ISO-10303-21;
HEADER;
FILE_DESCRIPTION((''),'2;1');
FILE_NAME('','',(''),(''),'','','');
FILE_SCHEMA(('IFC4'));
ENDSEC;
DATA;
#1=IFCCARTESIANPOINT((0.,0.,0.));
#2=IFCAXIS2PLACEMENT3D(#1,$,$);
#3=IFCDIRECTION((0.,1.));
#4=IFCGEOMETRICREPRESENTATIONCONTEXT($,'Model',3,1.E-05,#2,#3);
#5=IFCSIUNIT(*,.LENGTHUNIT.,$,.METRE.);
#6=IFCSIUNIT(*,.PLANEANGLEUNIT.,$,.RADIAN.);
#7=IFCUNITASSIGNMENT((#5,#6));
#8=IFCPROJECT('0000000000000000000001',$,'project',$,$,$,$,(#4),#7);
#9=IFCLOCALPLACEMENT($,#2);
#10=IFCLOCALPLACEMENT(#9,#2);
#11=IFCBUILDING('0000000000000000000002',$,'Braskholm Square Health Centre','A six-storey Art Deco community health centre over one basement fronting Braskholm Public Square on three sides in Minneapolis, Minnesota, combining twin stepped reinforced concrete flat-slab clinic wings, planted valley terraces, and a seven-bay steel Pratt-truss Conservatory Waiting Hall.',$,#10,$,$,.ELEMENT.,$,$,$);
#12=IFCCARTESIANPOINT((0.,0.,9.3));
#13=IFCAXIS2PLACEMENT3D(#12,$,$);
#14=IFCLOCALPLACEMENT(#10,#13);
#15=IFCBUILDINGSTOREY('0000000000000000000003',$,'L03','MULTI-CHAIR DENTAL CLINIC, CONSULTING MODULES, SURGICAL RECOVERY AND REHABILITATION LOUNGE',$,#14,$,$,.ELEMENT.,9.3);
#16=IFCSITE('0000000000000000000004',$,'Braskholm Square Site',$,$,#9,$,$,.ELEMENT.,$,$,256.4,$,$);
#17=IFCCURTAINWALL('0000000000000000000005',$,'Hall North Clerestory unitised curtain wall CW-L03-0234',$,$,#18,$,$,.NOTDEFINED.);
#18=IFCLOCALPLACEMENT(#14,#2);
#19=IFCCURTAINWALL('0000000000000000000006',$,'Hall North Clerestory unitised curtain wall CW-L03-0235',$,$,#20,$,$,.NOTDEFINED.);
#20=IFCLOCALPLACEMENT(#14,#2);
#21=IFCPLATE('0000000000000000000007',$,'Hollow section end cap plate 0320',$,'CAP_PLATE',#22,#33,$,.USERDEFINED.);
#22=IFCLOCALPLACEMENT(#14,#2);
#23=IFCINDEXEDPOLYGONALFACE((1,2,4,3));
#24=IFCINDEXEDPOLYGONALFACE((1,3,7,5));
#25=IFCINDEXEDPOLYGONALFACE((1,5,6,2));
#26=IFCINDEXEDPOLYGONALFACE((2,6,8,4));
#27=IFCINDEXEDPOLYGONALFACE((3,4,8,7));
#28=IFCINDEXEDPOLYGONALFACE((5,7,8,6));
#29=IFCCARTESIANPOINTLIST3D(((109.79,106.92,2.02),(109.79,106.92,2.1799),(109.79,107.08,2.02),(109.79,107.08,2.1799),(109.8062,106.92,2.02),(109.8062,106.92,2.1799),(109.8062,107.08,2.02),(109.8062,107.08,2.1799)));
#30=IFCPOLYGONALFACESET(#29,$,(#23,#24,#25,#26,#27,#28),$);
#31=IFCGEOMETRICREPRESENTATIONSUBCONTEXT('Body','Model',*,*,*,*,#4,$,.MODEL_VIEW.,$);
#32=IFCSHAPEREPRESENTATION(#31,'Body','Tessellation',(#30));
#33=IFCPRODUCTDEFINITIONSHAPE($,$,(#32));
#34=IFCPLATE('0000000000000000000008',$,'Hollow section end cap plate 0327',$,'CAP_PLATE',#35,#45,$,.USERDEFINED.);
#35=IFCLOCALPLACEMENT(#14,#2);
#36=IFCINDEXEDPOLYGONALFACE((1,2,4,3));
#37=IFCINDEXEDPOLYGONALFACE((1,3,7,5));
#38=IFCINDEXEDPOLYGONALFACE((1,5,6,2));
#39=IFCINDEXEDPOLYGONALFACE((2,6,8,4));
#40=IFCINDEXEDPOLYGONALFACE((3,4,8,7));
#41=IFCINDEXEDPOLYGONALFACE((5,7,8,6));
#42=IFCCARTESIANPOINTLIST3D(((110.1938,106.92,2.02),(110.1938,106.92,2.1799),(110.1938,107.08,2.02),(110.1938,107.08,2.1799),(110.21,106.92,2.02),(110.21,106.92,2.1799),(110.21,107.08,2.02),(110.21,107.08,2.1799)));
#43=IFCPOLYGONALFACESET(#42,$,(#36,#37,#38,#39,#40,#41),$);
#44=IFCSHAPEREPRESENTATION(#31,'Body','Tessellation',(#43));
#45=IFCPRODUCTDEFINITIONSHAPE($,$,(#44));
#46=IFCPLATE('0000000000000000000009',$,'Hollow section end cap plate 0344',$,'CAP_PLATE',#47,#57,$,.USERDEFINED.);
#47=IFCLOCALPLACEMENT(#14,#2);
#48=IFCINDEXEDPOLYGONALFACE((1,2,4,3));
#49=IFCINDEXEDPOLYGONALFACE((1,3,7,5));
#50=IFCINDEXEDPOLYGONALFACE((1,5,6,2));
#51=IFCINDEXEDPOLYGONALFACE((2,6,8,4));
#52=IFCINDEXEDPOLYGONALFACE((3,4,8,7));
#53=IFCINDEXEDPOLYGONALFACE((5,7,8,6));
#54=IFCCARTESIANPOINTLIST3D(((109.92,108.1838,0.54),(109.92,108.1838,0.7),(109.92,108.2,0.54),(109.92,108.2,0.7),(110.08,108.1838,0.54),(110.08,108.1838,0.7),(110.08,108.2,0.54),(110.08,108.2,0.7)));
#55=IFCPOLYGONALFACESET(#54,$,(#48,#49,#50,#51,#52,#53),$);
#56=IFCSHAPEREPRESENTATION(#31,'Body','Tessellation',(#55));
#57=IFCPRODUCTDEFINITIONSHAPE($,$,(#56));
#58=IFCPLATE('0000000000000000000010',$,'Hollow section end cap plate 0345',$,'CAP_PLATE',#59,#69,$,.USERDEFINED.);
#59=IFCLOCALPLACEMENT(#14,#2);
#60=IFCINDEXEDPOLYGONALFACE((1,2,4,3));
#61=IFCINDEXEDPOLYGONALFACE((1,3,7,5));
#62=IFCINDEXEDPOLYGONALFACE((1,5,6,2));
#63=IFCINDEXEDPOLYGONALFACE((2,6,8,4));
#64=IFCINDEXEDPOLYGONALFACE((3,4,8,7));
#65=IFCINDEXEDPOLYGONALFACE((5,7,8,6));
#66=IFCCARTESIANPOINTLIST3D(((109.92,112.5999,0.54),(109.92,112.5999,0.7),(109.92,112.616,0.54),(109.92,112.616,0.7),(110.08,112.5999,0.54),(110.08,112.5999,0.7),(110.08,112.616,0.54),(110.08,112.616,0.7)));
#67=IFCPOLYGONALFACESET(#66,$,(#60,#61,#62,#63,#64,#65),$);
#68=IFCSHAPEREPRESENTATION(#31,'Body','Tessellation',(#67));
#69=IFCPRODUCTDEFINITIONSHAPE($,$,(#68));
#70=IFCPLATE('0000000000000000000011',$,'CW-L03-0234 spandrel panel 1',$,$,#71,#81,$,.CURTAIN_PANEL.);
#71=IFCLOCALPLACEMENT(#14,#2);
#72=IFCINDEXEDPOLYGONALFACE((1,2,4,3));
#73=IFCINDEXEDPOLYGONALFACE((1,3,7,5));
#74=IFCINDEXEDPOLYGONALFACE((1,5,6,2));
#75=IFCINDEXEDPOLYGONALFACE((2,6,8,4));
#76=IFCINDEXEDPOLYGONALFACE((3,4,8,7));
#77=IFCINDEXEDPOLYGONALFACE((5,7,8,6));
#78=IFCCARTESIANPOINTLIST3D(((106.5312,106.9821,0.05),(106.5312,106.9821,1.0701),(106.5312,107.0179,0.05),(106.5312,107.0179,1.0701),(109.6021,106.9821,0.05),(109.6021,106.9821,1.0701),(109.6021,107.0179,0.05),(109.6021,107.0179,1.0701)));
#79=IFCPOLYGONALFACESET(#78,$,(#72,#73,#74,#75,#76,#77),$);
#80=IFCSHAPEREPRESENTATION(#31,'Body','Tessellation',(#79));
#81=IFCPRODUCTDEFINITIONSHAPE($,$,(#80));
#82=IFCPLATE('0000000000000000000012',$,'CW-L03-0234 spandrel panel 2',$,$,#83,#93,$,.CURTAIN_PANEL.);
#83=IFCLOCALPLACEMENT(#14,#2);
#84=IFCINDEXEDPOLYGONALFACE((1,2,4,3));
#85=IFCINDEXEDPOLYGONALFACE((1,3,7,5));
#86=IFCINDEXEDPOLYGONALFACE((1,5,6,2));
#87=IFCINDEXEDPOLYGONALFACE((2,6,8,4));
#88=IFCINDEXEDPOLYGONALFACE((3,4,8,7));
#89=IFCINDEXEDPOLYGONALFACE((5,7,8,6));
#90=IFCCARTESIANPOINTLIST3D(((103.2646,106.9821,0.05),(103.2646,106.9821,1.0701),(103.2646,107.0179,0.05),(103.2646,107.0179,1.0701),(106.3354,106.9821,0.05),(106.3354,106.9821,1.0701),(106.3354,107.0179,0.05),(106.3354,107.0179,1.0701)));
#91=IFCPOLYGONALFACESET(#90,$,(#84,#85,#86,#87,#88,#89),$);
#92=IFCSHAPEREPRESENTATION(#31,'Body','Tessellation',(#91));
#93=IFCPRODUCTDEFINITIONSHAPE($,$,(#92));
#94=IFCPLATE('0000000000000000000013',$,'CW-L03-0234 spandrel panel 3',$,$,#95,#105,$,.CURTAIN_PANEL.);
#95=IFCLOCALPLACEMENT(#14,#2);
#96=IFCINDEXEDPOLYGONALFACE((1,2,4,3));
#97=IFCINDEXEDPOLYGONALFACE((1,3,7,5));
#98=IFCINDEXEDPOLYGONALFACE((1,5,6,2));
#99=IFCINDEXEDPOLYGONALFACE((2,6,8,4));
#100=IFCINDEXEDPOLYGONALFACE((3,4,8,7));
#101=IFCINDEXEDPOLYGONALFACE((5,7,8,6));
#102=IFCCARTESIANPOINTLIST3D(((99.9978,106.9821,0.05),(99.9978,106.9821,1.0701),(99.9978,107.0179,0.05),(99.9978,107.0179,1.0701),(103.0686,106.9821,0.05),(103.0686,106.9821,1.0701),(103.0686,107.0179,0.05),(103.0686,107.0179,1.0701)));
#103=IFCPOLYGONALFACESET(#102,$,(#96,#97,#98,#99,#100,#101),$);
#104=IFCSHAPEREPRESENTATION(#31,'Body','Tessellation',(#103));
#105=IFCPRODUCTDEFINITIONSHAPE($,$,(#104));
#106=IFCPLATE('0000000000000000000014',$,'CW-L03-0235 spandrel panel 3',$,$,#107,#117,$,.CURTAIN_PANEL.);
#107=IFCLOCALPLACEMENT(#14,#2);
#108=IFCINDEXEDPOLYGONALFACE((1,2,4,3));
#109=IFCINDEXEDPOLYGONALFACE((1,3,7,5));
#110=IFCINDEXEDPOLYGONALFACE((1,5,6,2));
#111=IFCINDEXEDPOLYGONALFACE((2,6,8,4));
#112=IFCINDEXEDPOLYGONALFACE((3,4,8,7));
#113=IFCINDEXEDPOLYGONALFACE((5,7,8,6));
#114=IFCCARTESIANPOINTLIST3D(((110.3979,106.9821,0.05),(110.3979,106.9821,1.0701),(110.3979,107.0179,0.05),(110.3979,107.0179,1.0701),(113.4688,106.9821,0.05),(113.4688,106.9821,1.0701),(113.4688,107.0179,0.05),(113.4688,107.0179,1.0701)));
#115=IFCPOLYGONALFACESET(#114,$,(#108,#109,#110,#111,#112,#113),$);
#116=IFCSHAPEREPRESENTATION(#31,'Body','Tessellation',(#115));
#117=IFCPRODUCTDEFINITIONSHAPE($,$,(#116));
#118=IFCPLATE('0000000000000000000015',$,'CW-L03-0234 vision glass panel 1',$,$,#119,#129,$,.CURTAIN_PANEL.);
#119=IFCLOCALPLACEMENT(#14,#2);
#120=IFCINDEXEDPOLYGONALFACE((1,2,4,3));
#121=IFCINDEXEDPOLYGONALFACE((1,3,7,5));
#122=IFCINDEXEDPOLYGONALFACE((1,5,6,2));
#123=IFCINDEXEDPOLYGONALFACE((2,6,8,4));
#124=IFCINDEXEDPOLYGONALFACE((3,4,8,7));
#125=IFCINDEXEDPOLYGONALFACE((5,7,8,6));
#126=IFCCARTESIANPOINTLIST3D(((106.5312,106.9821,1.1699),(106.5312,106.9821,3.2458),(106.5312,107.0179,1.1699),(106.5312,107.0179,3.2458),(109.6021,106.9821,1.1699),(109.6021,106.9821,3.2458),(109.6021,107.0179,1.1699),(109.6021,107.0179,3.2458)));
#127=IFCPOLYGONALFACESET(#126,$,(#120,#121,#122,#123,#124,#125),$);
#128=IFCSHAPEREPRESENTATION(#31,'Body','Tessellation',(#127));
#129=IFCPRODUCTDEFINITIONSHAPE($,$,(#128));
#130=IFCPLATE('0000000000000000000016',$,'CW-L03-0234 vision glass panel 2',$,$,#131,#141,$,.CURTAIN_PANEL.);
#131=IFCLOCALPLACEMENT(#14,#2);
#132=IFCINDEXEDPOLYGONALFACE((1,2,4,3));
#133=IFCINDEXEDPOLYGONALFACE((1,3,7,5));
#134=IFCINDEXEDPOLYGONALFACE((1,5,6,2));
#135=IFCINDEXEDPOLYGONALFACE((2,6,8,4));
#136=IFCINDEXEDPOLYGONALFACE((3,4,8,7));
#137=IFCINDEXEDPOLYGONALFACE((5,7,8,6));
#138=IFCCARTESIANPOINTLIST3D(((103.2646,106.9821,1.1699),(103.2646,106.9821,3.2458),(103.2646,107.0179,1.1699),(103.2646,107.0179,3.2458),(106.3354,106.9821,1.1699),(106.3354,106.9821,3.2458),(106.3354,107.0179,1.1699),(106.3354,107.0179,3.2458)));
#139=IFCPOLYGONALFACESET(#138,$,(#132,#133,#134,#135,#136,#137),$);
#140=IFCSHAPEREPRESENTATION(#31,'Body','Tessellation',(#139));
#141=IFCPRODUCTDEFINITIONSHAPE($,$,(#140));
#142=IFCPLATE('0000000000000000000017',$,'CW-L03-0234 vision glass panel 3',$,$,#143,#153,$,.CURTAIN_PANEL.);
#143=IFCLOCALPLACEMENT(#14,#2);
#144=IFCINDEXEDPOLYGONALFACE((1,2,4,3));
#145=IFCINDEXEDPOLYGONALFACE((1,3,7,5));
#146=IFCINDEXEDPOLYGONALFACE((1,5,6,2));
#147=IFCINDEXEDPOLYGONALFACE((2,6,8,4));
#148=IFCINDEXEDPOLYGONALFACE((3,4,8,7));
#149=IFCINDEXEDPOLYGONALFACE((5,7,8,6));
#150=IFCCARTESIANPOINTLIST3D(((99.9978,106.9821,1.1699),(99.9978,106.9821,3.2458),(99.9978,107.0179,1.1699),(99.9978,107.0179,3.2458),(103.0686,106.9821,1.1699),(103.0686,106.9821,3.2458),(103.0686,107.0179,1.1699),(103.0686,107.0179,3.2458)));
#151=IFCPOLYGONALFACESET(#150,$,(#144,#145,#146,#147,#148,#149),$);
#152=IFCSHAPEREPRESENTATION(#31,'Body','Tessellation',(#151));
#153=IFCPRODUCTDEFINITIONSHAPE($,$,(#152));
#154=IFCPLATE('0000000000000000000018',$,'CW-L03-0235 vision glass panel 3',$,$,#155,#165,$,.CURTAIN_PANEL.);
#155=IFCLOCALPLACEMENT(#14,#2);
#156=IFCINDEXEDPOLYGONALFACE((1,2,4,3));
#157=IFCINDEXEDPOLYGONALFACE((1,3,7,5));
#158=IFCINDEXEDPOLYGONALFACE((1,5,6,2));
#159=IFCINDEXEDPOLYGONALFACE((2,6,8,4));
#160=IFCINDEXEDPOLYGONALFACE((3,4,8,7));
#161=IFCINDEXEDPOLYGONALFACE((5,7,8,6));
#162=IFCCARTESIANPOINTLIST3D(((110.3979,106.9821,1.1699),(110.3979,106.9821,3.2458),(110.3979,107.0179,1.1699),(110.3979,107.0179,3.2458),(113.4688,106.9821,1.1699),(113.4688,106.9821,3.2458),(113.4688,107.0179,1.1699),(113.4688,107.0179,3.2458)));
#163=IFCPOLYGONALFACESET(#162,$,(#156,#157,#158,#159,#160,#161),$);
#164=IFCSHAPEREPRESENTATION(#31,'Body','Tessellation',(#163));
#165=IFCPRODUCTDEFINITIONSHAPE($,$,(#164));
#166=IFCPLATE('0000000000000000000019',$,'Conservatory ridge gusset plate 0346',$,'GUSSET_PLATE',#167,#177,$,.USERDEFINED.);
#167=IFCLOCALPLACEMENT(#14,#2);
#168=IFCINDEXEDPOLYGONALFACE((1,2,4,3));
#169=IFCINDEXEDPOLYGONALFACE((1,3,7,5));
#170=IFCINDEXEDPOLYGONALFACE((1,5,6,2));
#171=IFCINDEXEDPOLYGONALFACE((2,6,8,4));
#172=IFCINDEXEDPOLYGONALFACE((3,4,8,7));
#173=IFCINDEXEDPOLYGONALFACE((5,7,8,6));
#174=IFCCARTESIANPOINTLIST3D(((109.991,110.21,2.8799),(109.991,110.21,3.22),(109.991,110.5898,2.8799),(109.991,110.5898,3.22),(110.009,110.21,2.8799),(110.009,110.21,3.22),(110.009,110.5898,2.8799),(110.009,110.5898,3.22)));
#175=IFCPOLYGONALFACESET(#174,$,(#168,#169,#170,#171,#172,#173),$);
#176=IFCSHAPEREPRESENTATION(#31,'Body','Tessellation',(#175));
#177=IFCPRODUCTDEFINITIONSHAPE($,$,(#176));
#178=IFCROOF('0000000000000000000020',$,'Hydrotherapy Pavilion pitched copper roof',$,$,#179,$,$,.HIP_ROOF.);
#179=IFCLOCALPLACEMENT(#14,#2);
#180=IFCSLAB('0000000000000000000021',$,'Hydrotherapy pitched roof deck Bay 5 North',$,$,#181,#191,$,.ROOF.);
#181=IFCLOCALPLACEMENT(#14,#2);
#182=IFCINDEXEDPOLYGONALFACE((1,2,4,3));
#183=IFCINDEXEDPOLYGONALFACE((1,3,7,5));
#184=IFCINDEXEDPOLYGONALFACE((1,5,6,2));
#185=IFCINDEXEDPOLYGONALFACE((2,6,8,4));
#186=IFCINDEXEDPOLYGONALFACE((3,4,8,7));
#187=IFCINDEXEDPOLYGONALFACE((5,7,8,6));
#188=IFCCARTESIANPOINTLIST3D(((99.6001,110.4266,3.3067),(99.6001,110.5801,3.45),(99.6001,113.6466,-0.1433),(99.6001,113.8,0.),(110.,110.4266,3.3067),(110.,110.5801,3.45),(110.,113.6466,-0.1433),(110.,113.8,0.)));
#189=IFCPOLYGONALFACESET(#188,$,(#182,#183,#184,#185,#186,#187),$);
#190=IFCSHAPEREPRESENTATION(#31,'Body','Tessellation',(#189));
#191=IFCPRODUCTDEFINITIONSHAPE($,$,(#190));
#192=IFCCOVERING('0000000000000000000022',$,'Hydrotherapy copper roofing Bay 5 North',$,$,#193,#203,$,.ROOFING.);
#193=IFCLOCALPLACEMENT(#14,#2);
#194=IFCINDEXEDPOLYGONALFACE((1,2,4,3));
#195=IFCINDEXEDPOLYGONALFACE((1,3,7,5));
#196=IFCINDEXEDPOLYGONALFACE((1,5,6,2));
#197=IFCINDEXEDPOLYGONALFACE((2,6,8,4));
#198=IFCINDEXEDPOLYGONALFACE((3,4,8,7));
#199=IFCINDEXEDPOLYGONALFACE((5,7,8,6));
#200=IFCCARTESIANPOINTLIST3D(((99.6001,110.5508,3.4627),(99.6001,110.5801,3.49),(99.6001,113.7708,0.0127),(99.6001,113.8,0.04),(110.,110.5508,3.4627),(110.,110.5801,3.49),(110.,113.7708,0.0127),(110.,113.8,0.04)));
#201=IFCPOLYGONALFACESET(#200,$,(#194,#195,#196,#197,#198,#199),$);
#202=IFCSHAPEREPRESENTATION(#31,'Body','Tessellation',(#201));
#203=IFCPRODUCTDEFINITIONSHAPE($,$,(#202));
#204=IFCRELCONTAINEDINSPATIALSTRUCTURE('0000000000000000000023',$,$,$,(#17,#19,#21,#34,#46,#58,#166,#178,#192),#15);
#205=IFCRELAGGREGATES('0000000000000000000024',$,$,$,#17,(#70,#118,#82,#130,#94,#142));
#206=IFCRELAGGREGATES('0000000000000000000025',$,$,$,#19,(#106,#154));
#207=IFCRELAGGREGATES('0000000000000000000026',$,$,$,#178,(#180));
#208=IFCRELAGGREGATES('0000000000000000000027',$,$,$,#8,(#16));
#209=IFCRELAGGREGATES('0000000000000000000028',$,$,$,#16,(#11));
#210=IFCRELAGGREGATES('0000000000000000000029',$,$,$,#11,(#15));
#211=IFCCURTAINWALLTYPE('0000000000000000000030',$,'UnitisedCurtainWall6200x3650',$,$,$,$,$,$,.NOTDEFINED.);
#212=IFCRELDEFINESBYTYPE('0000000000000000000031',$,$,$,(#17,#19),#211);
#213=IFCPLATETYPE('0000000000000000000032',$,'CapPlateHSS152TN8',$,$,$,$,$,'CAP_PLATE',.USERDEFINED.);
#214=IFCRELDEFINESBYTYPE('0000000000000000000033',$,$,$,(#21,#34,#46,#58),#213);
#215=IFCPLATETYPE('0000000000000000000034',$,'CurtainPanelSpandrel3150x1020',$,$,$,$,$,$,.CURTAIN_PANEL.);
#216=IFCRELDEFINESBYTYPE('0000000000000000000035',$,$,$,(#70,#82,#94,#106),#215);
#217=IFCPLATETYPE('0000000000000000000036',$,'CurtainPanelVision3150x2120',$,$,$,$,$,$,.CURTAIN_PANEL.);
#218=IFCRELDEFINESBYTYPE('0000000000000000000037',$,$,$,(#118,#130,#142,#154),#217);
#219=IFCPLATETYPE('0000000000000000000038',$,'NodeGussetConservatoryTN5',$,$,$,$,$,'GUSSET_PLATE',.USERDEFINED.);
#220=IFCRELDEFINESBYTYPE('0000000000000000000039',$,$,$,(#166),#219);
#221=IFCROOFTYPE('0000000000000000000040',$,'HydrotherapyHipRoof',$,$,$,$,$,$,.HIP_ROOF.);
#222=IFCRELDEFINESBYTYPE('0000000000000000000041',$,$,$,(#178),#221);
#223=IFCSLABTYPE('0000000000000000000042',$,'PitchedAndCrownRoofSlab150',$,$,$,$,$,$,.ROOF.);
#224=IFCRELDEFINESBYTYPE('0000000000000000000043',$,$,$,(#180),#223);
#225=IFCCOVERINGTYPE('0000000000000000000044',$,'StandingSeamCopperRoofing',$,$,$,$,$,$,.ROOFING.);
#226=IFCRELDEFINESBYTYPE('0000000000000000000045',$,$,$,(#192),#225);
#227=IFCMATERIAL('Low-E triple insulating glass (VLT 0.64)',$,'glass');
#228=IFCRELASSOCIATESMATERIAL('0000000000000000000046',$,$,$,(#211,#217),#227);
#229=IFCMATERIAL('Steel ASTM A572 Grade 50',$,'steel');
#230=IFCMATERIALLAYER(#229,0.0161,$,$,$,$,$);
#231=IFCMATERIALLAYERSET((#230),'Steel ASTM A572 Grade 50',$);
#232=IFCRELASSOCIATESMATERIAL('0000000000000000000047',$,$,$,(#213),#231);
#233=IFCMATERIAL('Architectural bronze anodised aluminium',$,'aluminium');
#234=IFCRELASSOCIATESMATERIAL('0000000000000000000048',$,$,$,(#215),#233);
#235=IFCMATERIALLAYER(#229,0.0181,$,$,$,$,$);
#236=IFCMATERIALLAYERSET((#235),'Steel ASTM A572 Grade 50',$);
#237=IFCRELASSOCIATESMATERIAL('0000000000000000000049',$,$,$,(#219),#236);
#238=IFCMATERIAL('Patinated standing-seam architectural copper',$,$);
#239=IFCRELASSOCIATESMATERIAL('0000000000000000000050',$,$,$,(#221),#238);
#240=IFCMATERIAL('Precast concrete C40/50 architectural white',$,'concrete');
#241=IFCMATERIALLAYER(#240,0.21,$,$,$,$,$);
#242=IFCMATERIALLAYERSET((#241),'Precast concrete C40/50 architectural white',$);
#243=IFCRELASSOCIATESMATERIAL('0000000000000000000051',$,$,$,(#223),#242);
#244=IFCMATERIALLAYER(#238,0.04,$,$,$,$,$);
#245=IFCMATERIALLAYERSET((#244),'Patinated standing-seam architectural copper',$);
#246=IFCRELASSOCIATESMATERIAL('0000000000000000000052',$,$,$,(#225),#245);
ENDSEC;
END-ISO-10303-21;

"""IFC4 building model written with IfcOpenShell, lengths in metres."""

from ifc_helpers import new_model, si_unit, direction, frame, origin, origin_2d, place, context, subcontext, project, spatial, polyline, rectangle, outline, extrude, material, layer, layer_set, type_object, element, aggregate, save


model = new_model("IFC4")

# Units and contexts
model_context = context("Model", 3, precision=1e-05, world=origin(), true_north=direction((0.0, 1.0)))
body_context = subcontext(model_context, "Body", "Model", "MODEL_VIEW")
ifc_project = project(units=[si_unit("LENGTHUNIT", "METRE"), si_unit("PLANEANGLEUNIT", "RADIAN")], contexts=[model_context])

# Site, building, storey
site_placement = place(None, origin())
site = spatial("IfcSite", under=ifc_project, at=site_placement, Name="Braskholm Square Site", CompositionType="ELEMENT", RefElevation=256.4)
building_placement = place(site_placement, origin())
building = spatial("IfcBuilding", under=site, at=building_placement, Name="Braskholm Square Health Centre", Description="A six-storey Art Deco community health centre over one basement fronting Braskholm Public Square on three sides in Minneapolis, Minnesota, combining twin stepped reinforced concrete flat-slab clinic wings, planted valley terraces, and a seven-bay steel Pratt-truss Conservatory Waiting Hall.", CompositionType="ELEMENT")
storey_placement = place(building_placement, frame((0.0, 0.0, 9.3)))
storey = spatial("IfcBuildingStorey", under=building, at=storey_placement, Name="L03", Description="MULTI-CHAIR DENTAL CLINIC, CONSULTING MODULES, SURGICAL RECOVERY AND REHABILITATION LOUNGE", CompositionType="ELEMENT", Elevation=9.3)

# Curtain walls
ifc_material_1 = material(Name="Low-E triple insulating glass (VLT 0.64)", Category="glass")
curtain_wall_type = type_object("IfcCurtainWallType", Name="UnitisedCurtainWall6200x3650", PredefinedType="NOTDEFINED", material=ifc_material_1)
curtain_wall_1_placement = place(storey_placement, origin())
curtain_wall_1 = element("IfcCurtainWall", 1, at=curtain_wall_1_placement, inside=storey, type_object=curtain_wall_type, Name="Hall North Clerestory unitised curtain wall CW-L03-0234", PredefinedType="NOTDEFINED")
ifc_material_2 = material(Name="Architectural bronze anodised aluminium", Category="aluminium")
curtain_wall_2_placement = place(storey_placement, origin())
curtain_wall_2 = element("IfcCurtainWall", 2, at=curtain_wall_2_placement, inside=storey, type_object=curtain_wall_type, Name="Hall North Clerestory unitised curtain wall CW-L03-0235", PredefinedType="NOTDEFINED")

# Plates
ifc_material_3 = material(Name="Steel ASTM A572 Grade 50", Category="steel")
ifc_layer_1 = layer(ifc_material_3, 0.0161)
ifc_layer_set_1 = layer_set([ifc_layer_1], Name="Steel ASTM A572 Grade 50")
plate_type_1 = type_object("IfcPlateType", Name="CapPlateHSS152TN8", ElementType="CAP_PLATE", PredefinedType="USERDEFINED", material=ifc_layer_set_1)
for number, where, z_axis, x_axis, name in (
    (3, (109.7981, 107.0, 2.02), (0.0, 0.0, 1.0), (1.0, 0.0, 0.0), "Hollow section end cap plate 0320"),
    (4, (110.2019, 107.0, 2.02), (0.0, 0.0, 1.0), (1.0, 0.0, 0.0), "Hollow section end cap plate 0327"),
    (5, (110.0, 108.1919, 0.54), (0.0, 0.0, 1.0), (0.0, 1.0, 0.0), "Hollow section end cap plate 0344"),
    (6, (110.0, 112.6079, 0.54), (0.0, 0.0, 1.0), (0.0, 1.0, 0.0), "Hollow section end cap plate 0345"),
):
    element("IfcPlate", number, at=place(storey_placement, frame(where, z_axis=z_axis, x_axis=x_axis)), inside=storey, type_object=plate_type_1, Name=name, ObjectType="CAP_PLATE", PredefinedType="USERDEFINED", context=body_context, shape_type="SweptSolid", body=[
        extrude(rectangle(XDim=0.0161, YDim=0.1599, at=origin_2d()), origin(), (0.0, 0.0, 1.0), 0.1599),
    ])

# Plates
plate_type_2 = type_object("IfcPlateType", Name="CurtainPanelSpandrel3150x1020", PredefinedType="CURTAIN_PANEL", material=ifc_material_2)
plate_1_placement = place(storey_placement, frame((108.0667, 107.0, 0.05), z_axis=(0.0, 0.0, 1.0), x_axis=(-1.0, 0.0, 0.0)))
plate_1 = element("IfcPlate", 7, at=plate_1_placement, type_object=plate_type_2, Name="CW-L03-0234 spandrel panel 1", PredefinedType="CURTAIN_PANEL", context=body_context, shape_type="SweptSolid", body=[
    extrude(rectangle(XDim=3.0708, YDim=0.0359, at=origin_2d()), origin(), (0.0, 0.0, 1.0), 1.02),
])
plate_2_placement = place(storey_placement, frame((104.8, 107.0, 0.05), z_axis=(0.0, 0.0, 1.0), x_axis=(-1.0, 0.0, 0.0)))
plate_2 = element("IfcPlate", 8, at=plate_2_placement, type_object=plate_type_2, Name="CW-L03-0234 spandrel panel 2", PredefinedType="CURTAIN_PANEL", context=body_context, shape_type="SweptSolid", body=[
    extrude(rectangle(XDim=3.0708, YDim=0.0359, at=origin_2d()), origin(), (0.0, 0.0, 1.0), 1.02),
])
plate_3_placement = place(storey_placement, frame((101.5332, 107.0, 0.05), z_axis=(0.0, 0.0, 1.0), x_axis=(-1.0, 0.0, 0.0)))
plate_3 = element("IfcPlate", 9, at=plate_3_placement, type_object=plate_type_2, Name="CW-L03-0234 spandrel panel 3", PredefinedType="CURTAIN_PANEL", context=body_context, shape_type="SweptSolid", body=[
    extrude(rectangle(XDim=3.0708, YDim=0.0359, at=origin_2d()), origin(), (0.0, 0.0, 1.0), 1.02),
])
plate_4_placement = place(storey_placement, frame((111.9333, 107.0, 0.05), z_axis=(0.0, 0.0, 1.0), x_axis=(-1.0, 0.0, 0.0)))
plate_4 = element("IfcPlate", 10, at=plate_4_placement, type_object=plate_type_2, Name="CW-L03-0235 spandrel panel 3", PredefinedType="CURTAIN_PANEL", context=body_context, shape_type="SweptSolid", body=[
    extrude(rectangle(XDim=3.0708, YDim=0.0359, at=origin_2d()), origin(), (0.0, 0.0, 1.0), 1.02),
])
plate_type_3 = type_object("IfcPlateType", Name="CurtainPanelVision3150x2120", PredefinedType="CURTAIN_PANEL", material=ifc_material_1)
plate_5_placement = place(storey_placement, frame((108.0667, 107.0, 1.1699), z_axis=(0.0, 0.0, 1.0), x_axis=(-1.0, 0.0, 0.0)))
plate_5 = element("IfcPlate", 11, at=plate_5_placement, type_object=plate_type_3, Name="CW-L03-0234 vision glass panel 1", PredefinedType="CURTAIN_PANEL", context=body_context, shape_type="SweptSolid", body=[
    extrude(rectangle(XDim=3.0708, YDim=0.0359, at=origin_2d()), origin(), (0.0, 0.0, 1.0), 2.0759),
])
plate_6_placement = place(storey_placement, frame((104.8, 107.0, 1.1699), z_axis=(0.0, 0.0, 1.0), x_axis=(-1.0, 0.0, 0.0)))
plate_6 = element("IfcPlate", 12, at=plate_6_placement, type_object=plate_type_3, Name="CW-L03-0234 vision glass panel 2", PredefinedType="CURTAIN_PANEL", context=body_context, shape_type="SweptSolid", body=[
    extrude(rectangle(XDim=3.0708, YDim=0.0359, at=origin_2d()), origin(), (0.0, 0.0, 1.0), 2.0759),
])
plate_7_placement = place(storey_placement, frame((101.5332, 107.0, 1.1699), z_axis=(0.0, 0.0, 1.0), x_axis=(-1.0, 0.0, 0.0)))
plate_7 = element("IfcPlate", 13, at=plate_7_placement, type_object=plate_type_3, Name="CW-L03-0234 vision glass panel 3", PredefinedType="CURTAIN_PANEL", context=body_context, shape_type="SweptSolid", body=[
    extrude(rectangle(XDim=3.0708, YDim=0.0359, at=origin_2d()), origin(), (0.0, 0.0, 1.0), 2.0759),
])
aggregate(curtain_wall_1, [plate_1, plate_5, plate_2, plate_6, plate_3, plate_7])
plate_8_placement = place(storey_placement, frame((111.9333, 107.0, 1.1699), z_axis=(0.0, 0.0, 1.0), x_axis=(-1.0, 0.0, 0.0)))
plate_8 = element("IfcPlate", 14, at=plate_8_placement, type_object=plate_type_3, Name="CW-L03-0235 vision glass panel 3", PredefinedType="CURTAIN_PANEL", context=body_context, shape_type="SweptSolid", body=[
    extrude(rectangle(XDim=3.0708, YDim=0.0359, at=origin_2d()), origin(), (0.0, 0.0, 1.0), 2.0759),
])
aggregate(curtain_wall_2, [plate_4, plate_8])
ifc_layer_2 = layer(ifc_material_3, 0.0181)
ifc_layer_set_2 = layer_set([ifc_layer_2], Name="Steel ASTM A572 Grade 50")
plate_type_4 = type_object("IfcPlateType", Name="NodeGussetConservatoryTN5", ElementType="GUSSET_PLATE", PredefinedType="USERDEFINED", material=ifc_layer_set_2)
plate_9_placement = place(storey_placement, frame((110.0, 110.3999, 2.8799), z_axis=(0.0, 0.0, 1.0), x_axis=(1.0, 0.0, 0.0)))
element("IfcPlate", 15, at=plate_9_placement, inside=storey, type_object=plate_type_4, Name="Conservatory ridge gusset plate 0346", ObjectType="GUSSET_PLATE", PredefinedType="USERDEFINED", context=body_context, shape_type="SweptSolid", body=[
    extrude(rectangle(XDim=0.0181, YDim=0.3799, at=origin_2d()), origin(), (0.0, 0.0, 1.0), 0.3401),
])

# Roof, slab
ifc_material_4 = material(Name="Patinated standing-seam architectural copper")
roof_type = type_object("IfcRoofType", Name="HydrotherapyHipRoof", PredefinedType="HIP_ROOF", material=ifc_material_4)
roof_placement = place(storey_placement, origin())
roof = element("IfcRoof", 16, at=roof_placement, inside=storey, type_object=roof_type, Name="Hydrotherapy Pavilion pitched copper roof", PredefinedType="HIP_ROOF")
ifc_material_5 = material(Name="Precast concrete C40/50 architectural white", Category="concrete")
ifc_layer_3 = layer(ifc_material_5, 0.21)
ifc_layer_set_3 = layer_set([ifc_layer_3], Name="Precast concrete C40/50 architectural white")
slab_type = type_object("IfcSlabType", Name="PitchedAndCrownRoofSlab150", PredefinedType="ROOF", material=ifc_layer_set_3)
slab_placement = place(storey_placement, frame((110.0, 113.8, 0.0), z_axis=(0.0, 0.731054, 0.68232), x_axis=(-1.0, 0.0, 0.0)))
slab = element("IfcSlab", 17, at=slab_placement, type_object=slab_type, Name="Hydrotherapy pitched roof deck Bay 5 North", PredefinedType="ROOF", context=body_context, shape_type="SweptSolid", body=[
    extrude(outline(polyline([(0.0, 0.0), (10.3999, 0.0), (10.3999, 4.7191), (0.0, 4.7191), (0.0, 0.0)])), origin(), (0.0, 0.0, -1.0), 0.21),
])
aggregate(roof, [slab])

# Covering
ifc_layer_4 = layer(ifc_material_4, 0.04)
ifc_layer_set_4 = layer_set([ifc_layer_4], Name="Patinated standing-seam architectural copper")
covering_type = type_object("IfcCoveringType", Name="StandingSeamCopperRoofing", PredefinedType="ROOFING", material=ifc_layer_set_4)
covering_placement = place(storey_placement, frame((110.0, 113.8, 0.04), z_axis=(0.0, 0.731054, 0.68232), x_axis=(-1.0, 0.0, 0.0)))
element("IfcCovering", 18, at=covering_placement, inside=storey, type_object=covering_type, Name="Hydrotherapy copper roofing Bay 5 North", PredefinedType="ROOFING", context=body_context, shape_type="SweptSolid", body=[
    extrude(outline(polyline([(0.0, 0.0), (10.3999, 0.0), (10.3999, 4.7191), (0.0, 4.7191), (0.0, 0.0)])), origin(), (0.0, 0.0, -1.0), 0.04),
])

save(model, "model.ifc")
